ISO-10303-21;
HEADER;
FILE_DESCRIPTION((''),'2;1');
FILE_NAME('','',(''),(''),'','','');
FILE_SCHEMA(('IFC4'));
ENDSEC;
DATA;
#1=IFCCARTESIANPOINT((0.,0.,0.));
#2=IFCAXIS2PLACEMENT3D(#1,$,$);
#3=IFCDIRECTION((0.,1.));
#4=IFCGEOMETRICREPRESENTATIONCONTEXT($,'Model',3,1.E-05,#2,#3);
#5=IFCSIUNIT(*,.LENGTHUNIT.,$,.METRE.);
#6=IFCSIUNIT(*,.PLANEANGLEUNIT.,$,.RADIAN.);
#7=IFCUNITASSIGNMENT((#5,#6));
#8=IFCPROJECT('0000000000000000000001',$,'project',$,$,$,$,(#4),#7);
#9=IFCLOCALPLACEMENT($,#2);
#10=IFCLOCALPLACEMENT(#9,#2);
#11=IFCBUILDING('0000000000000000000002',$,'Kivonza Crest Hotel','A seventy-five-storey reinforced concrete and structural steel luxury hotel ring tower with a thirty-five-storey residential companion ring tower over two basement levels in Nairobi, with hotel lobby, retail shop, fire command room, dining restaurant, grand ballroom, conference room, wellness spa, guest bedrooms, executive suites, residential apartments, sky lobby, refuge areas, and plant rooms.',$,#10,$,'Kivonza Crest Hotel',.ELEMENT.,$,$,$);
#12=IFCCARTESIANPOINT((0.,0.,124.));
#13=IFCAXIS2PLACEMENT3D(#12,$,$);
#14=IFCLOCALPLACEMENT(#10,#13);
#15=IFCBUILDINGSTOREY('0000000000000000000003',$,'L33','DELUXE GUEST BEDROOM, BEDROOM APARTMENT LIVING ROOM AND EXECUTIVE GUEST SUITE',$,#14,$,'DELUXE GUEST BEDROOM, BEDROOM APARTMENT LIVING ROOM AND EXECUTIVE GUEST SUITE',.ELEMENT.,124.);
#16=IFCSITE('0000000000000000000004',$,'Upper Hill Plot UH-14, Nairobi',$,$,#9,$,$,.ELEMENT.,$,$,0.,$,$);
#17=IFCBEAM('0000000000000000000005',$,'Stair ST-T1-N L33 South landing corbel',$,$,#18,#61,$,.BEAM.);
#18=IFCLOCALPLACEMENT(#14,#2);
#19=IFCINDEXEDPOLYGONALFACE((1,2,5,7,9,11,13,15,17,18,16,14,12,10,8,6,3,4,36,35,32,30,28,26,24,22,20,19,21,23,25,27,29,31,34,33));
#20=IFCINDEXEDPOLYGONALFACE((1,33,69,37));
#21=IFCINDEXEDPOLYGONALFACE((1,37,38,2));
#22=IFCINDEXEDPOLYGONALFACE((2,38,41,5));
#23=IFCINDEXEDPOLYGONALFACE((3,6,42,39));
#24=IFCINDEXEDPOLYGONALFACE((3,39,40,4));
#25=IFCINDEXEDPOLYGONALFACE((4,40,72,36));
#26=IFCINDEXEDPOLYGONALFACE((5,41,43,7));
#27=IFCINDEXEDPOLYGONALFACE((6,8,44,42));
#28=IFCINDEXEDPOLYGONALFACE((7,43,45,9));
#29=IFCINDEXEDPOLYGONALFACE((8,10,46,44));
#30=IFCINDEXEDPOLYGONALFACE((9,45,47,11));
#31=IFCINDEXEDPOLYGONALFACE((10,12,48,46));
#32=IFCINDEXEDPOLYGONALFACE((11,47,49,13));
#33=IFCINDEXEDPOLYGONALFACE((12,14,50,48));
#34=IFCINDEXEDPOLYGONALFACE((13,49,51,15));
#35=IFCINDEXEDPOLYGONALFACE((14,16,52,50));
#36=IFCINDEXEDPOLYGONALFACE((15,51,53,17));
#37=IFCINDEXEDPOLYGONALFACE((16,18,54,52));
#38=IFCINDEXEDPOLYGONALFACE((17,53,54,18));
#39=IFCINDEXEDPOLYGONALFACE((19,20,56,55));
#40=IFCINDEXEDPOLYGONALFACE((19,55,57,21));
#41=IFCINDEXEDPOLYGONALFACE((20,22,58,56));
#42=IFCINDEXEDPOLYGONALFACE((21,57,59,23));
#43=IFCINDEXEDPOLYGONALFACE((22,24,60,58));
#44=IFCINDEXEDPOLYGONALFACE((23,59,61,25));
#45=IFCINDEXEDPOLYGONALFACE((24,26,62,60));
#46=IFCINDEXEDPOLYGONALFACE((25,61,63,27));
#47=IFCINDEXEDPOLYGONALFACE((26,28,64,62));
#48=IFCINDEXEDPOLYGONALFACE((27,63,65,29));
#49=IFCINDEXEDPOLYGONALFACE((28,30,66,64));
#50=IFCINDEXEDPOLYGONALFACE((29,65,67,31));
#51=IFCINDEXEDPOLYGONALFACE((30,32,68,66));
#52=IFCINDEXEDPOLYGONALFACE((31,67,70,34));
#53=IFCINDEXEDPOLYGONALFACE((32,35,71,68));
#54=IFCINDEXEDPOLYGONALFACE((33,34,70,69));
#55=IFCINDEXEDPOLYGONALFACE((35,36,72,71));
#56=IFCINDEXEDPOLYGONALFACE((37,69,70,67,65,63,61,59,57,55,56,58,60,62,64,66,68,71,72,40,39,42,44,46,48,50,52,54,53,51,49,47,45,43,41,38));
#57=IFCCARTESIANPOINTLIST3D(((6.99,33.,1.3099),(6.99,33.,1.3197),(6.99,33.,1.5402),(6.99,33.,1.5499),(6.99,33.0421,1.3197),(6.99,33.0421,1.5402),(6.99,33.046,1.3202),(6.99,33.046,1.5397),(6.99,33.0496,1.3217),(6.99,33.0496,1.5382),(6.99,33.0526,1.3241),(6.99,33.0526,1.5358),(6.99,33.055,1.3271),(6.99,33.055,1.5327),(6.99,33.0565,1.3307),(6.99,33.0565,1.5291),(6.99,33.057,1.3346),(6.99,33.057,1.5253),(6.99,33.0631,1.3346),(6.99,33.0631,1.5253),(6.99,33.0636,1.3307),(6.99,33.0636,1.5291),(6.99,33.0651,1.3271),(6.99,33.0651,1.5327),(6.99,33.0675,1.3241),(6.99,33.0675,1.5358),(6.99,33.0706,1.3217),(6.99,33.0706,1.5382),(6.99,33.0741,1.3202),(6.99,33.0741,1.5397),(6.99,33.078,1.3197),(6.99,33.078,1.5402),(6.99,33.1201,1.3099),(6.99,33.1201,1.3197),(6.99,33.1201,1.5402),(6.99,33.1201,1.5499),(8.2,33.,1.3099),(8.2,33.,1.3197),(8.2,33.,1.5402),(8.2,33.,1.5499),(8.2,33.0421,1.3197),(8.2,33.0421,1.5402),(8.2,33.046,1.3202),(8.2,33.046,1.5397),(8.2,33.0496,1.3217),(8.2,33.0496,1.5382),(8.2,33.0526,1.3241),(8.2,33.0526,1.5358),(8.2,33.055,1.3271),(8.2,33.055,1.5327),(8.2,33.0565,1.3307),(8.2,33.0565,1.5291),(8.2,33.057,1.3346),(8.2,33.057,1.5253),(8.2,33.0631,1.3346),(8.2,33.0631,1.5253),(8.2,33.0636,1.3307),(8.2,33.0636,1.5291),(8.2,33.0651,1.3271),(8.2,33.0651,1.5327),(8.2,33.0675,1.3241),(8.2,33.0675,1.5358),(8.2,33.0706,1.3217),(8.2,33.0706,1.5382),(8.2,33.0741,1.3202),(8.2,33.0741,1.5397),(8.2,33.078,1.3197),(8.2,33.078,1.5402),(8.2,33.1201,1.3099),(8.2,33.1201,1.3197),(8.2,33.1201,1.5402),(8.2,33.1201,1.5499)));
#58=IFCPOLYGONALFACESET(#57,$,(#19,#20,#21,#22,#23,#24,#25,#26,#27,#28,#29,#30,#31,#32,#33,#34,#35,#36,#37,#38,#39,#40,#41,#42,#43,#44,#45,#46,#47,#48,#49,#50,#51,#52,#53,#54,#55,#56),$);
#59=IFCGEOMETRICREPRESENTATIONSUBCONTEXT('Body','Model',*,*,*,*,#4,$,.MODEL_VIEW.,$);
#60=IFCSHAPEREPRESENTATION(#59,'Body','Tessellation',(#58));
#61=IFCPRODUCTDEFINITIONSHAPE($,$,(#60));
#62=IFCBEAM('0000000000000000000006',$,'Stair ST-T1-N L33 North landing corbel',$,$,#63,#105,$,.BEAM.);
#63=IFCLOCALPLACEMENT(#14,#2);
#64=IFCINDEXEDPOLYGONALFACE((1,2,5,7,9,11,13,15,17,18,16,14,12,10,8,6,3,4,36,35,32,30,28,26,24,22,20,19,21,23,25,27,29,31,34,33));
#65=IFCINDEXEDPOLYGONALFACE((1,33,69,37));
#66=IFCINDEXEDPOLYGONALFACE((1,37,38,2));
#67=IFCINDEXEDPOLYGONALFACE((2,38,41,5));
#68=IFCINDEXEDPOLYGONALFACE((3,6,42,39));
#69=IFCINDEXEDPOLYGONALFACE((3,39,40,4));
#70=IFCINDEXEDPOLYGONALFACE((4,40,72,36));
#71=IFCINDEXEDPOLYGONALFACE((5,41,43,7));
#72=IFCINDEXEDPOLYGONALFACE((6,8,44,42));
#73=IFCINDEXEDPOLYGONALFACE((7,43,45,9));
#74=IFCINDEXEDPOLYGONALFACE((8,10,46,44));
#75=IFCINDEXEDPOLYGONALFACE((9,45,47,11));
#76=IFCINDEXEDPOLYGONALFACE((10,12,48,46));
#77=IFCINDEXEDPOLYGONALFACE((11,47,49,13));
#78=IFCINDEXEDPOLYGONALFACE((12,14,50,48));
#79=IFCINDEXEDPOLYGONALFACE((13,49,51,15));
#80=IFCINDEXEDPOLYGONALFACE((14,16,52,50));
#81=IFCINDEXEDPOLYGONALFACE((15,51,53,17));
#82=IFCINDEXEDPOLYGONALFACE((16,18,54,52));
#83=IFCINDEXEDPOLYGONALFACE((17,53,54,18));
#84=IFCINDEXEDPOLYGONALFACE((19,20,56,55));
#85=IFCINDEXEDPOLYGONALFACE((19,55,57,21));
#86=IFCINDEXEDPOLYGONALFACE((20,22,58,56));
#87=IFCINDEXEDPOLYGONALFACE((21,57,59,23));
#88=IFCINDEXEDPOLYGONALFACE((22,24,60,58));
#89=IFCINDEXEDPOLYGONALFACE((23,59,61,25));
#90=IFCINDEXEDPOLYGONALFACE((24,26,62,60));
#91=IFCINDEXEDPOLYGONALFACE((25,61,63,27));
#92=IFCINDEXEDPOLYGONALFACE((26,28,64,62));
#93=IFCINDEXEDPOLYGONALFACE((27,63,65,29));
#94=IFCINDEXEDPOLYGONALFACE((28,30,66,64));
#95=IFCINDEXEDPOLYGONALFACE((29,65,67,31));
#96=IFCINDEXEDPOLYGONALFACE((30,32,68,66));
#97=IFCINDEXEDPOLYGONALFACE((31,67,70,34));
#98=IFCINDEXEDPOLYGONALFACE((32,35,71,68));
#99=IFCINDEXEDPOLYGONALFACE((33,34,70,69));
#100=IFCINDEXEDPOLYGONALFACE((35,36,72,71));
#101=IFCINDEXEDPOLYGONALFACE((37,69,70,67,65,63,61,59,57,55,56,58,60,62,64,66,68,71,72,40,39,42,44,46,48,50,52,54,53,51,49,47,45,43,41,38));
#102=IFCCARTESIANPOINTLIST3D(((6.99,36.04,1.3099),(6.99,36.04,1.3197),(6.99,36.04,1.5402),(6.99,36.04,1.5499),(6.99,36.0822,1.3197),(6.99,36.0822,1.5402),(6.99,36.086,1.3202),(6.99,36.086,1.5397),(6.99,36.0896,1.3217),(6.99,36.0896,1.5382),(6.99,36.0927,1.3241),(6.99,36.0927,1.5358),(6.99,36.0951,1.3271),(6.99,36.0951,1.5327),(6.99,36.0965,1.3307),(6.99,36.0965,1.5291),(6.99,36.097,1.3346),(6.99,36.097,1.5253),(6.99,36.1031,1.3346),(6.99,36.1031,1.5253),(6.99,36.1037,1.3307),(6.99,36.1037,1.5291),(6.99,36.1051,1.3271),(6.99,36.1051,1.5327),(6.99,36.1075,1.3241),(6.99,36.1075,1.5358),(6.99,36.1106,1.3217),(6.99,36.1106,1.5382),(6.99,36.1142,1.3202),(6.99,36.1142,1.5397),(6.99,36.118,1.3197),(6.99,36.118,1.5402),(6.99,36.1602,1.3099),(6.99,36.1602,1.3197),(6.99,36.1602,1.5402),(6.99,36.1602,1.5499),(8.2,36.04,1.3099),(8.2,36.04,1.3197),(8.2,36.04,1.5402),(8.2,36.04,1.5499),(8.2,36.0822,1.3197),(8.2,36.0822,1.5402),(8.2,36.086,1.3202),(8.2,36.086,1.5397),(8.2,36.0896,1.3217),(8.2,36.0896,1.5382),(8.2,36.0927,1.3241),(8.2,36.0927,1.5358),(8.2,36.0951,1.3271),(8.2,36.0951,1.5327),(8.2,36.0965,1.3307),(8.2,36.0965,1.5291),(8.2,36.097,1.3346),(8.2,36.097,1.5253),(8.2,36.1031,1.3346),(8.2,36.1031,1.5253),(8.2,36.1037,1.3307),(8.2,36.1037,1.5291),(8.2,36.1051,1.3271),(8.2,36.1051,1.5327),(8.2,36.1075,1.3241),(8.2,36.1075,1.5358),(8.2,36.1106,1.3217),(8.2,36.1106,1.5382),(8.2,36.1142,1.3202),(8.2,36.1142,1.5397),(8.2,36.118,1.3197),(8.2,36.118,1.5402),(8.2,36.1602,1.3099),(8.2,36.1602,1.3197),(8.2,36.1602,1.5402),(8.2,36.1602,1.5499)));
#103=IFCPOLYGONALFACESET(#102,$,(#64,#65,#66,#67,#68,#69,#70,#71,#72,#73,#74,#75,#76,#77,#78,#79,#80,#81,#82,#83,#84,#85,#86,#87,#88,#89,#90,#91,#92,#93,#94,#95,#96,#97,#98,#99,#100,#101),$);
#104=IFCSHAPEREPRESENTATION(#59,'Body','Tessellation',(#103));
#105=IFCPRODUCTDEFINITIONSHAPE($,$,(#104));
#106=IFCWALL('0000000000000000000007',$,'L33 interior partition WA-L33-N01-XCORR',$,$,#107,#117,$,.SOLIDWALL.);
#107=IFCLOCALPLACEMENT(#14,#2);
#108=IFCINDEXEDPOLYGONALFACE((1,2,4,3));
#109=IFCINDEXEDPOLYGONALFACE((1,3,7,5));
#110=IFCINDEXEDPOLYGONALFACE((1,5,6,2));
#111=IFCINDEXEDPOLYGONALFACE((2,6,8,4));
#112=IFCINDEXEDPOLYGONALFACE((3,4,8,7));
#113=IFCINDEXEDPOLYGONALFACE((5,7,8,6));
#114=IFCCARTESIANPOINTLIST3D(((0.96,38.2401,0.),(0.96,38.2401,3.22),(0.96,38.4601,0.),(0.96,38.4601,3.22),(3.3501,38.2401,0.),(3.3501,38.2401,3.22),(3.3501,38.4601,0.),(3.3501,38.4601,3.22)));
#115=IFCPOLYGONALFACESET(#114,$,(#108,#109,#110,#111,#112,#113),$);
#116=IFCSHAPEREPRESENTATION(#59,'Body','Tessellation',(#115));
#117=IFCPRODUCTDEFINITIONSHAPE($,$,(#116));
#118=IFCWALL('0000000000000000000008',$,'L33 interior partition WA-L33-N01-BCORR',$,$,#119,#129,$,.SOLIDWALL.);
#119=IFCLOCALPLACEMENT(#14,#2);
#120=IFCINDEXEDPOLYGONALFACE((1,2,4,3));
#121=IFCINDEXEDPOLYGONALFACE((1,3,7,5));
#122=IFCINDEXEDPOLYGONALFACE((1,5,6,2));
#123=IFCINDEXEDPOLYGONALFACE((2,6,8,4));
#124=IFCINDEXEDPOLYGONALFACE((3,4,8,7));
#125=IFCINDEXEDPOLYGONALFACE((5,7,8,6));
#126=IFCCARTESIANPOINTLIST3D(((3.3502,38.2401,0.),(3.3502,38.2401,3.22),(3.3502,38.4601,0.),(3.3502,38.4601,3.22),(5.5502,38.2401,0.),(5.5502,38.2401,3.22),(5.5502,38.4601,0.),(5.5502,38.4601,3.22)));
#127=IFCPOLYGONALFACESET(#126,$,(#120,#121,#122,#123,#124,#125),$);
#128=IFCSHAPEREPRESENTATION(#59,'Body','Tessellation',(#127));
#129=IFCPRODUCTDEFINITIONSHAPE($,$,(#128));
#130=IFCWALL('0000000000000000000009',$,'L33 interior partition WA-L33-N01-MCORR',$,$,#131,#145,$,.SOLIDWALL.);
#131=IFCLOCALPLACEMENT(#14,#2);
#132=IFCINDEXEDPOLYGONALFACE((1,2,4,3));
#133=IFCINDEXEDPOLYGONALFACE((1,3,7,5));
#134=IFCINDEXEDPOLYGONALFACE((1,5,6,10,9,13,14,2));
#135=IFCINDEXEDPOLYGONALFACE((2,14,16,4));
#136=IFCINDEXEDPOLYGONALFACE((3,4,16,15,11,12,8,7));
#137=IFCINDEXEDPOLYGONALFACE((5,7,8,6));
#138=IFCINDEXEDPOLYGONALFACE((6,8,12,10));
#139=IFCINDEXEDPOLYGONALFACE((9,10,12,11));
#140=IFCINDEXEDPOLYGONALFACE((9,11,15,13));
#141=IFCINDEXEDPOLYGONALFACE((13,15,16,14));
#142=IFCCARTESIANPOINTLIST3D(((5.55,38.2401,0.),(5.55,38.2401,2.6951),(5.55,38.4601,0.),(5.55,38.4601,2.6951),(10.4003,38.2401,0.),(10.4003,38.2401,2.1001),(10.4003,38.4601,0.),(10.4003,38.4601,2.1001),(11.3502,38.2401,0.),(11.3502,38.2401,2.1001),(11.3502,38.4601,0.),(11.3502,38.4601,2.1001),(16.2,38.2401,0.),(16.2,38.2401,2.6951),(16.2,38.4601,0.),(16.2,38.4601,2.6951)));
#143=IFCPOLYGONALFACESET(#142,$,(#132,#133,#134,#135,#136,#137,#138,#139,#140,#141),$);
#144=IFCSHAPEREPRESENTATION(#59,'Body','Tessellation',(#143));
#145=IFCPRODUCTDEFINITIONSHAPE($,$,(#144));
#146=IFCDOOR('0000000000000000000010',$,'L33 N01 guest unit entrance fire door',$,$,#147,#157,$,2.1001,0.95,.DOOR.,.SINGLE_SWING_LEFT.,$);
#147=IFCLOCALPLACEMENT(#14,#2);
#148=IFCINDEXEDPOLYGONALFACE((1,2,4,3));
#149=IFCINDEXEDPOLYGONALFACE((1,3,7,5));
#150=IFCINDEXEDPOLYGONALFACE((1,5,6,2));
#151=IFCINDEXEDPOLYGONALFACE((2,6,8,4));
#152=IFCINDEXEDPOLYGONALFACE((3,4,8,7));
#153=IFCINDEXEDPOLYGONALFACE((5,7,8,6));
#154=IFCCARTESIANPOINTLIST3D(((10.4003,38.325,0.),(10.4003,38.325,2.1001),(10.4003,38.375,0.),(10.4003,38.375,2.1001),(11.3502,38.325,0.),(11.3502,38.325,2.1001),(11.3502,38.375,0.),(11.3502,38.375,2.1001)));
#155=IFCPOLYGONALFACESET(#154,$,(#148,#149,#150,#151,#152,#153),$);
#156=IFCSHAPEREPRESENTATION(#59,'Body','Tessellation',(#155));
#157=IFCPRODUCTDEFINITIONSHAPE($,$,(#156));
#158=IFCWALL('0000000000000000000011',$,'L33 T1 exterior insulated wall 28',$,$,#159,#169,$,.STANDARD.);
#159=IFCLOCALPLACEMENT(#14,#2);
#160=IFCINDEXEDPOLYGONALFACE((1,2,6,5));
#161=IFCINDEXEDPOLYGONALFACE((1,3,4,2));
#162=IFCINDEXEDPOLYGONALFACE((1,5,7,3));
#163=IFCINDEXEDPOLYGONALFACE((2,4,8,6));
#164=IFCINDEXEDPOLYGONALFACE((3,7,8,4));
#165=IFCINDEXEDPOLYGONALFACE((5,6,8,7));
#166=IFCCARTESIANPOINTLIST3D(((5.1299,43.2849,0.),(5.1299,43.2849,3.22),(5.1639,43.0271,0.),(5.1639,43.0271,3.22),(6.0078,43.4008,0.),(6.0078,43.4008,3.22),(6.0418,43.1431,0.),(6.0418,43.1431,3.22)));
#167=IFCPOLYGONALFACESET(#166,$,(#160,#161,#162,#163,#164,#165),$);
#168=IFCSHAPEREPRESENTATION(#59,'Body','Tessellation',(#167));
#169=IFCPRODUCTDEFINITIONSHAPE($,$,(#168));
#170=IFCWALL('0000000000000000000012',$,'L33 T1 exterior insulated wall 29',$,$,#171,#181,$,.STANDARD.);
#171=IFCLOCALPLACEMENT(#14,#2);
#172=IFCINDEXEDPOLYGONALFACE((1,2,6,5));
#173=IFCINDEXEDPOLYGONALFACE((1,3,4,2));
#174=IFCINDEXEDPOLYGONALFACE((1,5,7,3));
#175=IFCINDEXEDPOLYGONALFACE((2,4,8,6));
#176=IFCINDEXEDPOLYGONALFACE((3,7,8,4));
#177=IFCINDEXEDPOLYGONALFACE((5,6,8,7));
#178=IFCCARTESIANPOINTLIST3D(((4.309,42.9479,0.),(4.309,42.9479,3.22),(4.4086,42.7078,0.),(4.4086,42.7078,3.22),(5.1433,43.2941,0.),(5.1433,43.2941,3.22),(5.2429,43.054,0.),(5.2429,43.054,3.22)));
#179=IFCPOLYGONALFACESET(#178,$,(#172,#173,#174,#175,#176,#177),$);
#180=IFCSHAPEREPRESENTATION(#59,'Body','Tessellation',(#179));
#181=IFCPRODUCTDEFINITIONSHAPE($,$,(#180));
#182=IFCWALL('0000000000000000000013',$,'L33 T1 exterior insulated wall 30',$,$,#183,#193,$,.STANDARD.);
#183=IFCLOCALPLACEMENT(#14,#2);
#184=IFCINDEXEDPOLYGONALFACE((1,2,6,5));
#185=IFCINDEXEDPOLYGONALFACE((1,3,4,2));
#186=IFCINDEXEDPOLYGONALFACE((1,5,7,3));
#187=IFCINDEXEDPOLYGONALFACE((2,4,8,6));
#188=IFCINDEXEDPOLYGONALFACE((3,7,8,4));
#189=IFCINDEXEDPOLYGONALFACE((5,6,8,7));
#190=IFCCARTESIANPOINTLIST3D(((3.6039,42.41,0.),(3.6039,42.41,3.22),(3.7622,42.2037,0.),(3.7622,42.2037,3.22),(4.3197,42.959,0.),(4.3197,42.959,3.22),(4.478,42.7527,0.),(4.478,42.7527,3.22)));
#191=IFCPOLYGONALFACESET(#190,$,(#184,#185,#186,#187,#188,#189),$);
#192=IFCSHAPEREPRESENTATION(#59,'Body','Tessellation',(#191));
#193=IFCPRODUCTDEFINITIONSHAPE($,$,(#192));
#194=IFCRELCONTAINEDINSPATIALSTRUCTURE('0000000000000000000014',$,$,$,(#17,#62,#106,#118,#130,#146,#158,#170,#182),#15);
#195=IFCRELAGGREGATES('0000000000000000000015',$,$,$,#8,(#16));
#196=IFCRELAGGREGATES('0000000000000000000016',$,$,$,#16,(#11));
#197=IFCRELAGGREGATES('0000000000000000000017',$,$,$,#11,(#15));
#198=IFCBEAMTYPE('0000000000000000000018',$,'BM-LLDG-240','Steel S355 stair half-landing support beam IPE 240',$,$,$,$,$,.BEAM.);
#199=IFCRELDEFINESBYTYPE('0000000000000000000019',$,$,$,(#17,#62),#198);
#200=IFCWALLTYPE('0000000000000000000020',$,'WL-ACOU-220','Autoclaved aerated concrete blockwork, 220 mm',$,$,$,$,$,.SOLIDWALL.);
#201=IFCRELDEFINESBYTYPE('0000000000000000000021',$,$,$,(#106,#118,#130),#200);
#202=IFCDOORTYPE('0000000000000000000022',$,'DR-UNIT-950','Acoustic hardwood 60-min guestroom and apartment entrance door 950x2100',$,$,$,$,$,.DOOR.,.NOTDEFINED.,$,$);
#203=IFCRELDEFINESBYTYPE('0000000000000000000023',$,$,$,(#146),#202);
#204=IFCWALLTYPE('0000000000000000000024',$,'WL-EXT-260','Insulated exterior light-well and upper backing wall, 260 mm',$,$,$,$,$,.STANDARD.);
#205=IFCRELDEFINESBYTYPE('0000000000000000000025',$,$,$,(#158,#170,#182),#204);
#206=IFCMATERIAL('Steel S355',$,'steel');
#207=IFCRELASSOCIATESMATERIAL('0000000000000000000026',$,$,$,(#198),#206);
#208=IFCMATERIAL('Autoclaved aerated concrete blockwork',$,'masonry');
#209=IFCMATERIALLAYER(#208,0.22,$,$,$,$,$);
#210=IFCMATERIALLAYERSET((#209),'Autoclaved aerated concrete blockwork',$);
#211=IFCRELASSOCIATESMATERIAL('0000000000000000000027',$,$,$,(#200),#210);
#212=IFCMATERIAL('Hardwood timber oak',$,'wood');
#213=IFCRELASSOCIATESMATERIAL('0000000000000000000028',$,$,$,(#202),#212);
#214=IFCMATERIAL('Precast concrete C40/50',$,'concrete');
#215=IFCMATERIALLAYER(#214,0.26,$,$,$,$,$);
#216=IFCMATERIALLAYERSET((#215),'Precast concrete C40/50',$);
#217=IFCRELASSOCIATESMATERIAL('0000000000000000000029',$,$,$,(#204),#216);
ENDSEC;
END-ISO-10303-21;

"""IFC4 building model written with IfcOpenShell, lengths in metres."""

from ifc_helpers import new_model, si_unit, direction, frame, frame_2d, origin, origin_2d, place, context, subcontext, project, spatial, rectangle, i_section, extrude, material, layer, layer_set, material_profile, profile_set, type_object, element, fill, save


model = new_model("IFC4")

# Units and contexts
model_context = context("Model", 3, precision=1e-05, world=origin(), true_north=direction((0.0, 1.0)))
body_context = subcontext(model_context, "Body", "Model", "MODEL_VIEW")
ifc_project = project(units=[si_unit("LENGTHUNIT", "METRE"), si_unit("PLANEANGLEUNIT", "RADIAN")], contexts=[model_context])

# Site, building, storey
site_placement = place(None, origin())
site = spatial("IfcSite", under=ifc_project, at=site_placement, Name="Upper Hill Plot UH-14, Nairobi", CompositionType="ELEMENT", RefElevation=0.0)
building_placement = place(site_placement, origin())
building = spatial("IfcBuilding", under=site, at=building_placement, Name="Kivonza Crest Hotel", Description="A seventy-five-storey reinforced concrete and structural steel luxury hotel ring tower with a thirty-five-storey residential companion ring tower over two basement levels in Nairobi, with hotel lobby, retail shop, fire command room, dining restaurant, grand ballroom, conference room, wellness spa, guest bedrooms, executive suites, residential apartments, sky lobby, refuge areas, and plant rooms.", LongName="Kivonza Crest Hotel", CompositionType="ELEMENT")
storey_placement = place(building_placement, frame((0.0, 0.0, 124.0)))
storey = spatial("IfcBuildingStorey", under=building, at=storey_placement, Name="L33", Description="DELUXE GUEST BEDROOM, BEDROOM APARTMENT LIVING ROOM AND EXECUTIVE GUEST SUITE", LongName="DELUXE GUEST BEDROOM, BEDROOM APARTMENT LIVING ROOM AND EXECUTIVE GUEST SUITE", CompositionType="ELEMENT", Elevation=124.0)

# Beams
ifc_material_1 = material(Name="Steel S355", Category="steel")
ifc_material_profile = material_profile(ifc_material_1, i_section(OverallWidth=0.1201, OverallDepth=0.24, WebThickness=0.0061, FlangeThickness=0.0098, FilletRadius=0.0149, at=origin_2d()), Name="IPE 240")
ifc_profile_set = profile_set([ifc_material_profile], Name="Steel S355")
beam_type = type_object("IfcBeamType", Name="BM-LLDG-240", Description="Steel S355 stair half-landing support beam IPE 240", PredefinedType="BEAM", material=ifc_profile_set)
for number, where, z_axis, x_axis, name in (
    (1, (6.99, 33.0601, 1.4299), (1.0, 0.0, 0.0), (0.0, 1.0, 0.0), "Stair ST-T1-N L33 South landing corbel"),
    (2, (6.99, 36.1001, 1.4299), (1.0, 0.0, 0.0), (0.0, 1.0, 0.0), "Stair ST-T1-N L33 North landing corbel"),
):
    element("IfcBeam", number, at=place(storey_placement, frame(where, z_axis=z_axis, x_axis=x_axis)), inside=storey, type_object=beam_type, Name=name, PredefinedType="BEAM", context=body_context, shape_type="SweptSolid", body=[
        extrude(i_section(OverallWidth=0.1201, OverallDepth=0.24, WebThickness=0.0061, FlangeThickness=0.0098, FilletRadius=0.0149, at=origin_2d()), origin(), (0.0, 0.0, 1.0), 1.21),
    ])

# Walls
ifc_material_2 = material(Name="Autoclaved aerated concrete blockwork", Category="masonry")
ifc_layer_1 = layer(ifc_material_2, 0.22)
ifc_layer_set_1 = layer_set([ifc_layer_1], Name="Autoclaved aerated concrete blockwork")
wall_type_1 = type_object("IfcWallType", Name="WL-ACOU-220", Description="Autoclaved aerated concrete blockwork, 220 mm", PredefinedType="SOLIDWALL", material=ifc_layer_set_1)
wall_1_placement = place(storey_placement, frame((0.96, 38.3501, 0.0), z_axis=(0.0, 0.0, 1.0), x_axis=(1.0, 0.0, 0.0)))
element("IfcWall", 3, at=wall_1_placement, inside=storey, type_object=wall_type_1, Name="L33 interior partition WA-L33-N01-XCORR", PredefinedType="SOLIDWALL", context=body_context, shape_type="SweptSolid", body=[
    extrude(rectangle(XDim=2.3901, YDim=0.22, at=frame_2d((1.1951, 0.0))), origin(), (0.0, 0.0, 1.0), 3.22),
])
wall_2_placement = place(storey_placement, frame((3.3501, 38.3501, 0.0), z_axis=(0.0, 0.0, 1.0), x_axis=(1.0, 0.0, 0.0)))
element("IfcWall", 4, at=wall_2_placement, inside=storey, type_object=wall_type_1, Name="L33 interior partition WA-L33-N01-BCORR", PredefinedType="SOLIDWALL", context=body_context, shape_type="SweptSolid", body=[
    extrude(rectangle(XDim=2.2, YDim=0.22, at=frame_2d((1.1001, 0.0))), origin(), (0.0, 0.0, 1.0), 3.22),
])

# Wall, opening, door
wall_3_placement = place(storey_placement, frame((5.55, 38.3501, 0.0), z_axis=(0.0, 0.0, 1.0), x_axis=(1.0, 0.0, 0.0)))
wall_3 = element("IfcWall", 5, at=wall_3_placement, inside=storey, type_object=wall_type_1, Name="L33 interior partition WA-L33-N01-MCORR", PredefinedType="SOLIDWALL", context=body_context, shape_type="SweptSolid", body=[
    extrude(rectangle(XDim=10.6499, YDim=0.22, at=frame_2d((5.325, 0.0))), origin(), (0.0, 0.0, 1.0), 2.6951),
])
opening_1_placement = place(wall_3_placement, frame((4.8501, 0.0, 0.0)))
opening_1 = element("IfcOpeningElement", 6, at=opening_1_placement, cuts=wall_3, PredefinedType="OPENING", context=body_context, shape_type="SweptSolid", body=[
    extrude(rectangle(XDim=0.95, YDim=2.1001, at=frame_2d((0.4751, 1.05))), frame((0.0, 0.1201, 0.0), z_axis=(0.0, -1.0, 0.0), x_axis=(1.0, 0.0, 0.0)), (0.0, 0.0, 1.0), 0.24),
])
ifc_material_3 = material(Name="Hardwood timber oak", Category="wood")
door_type_1 = type_object("IfcDoorType", Name="DR-UNIT-950", Description="Acoustic hardwood 60-min guestroom and apartment entrance door 950x2100", OperationType="NOTDEFINED", PredefinedType="DOOR", material=ifc_material_3)
door_1_placement = place(opening_1_placement, origin())
door_1 = element("IfcDoor", 7, at=door_1_placement, inside=storey, type_object=door_type_1, Name="L33 N01 guest unit entrance fire door", OperationType="SINGLE_SWING_LEFT", OverallHeight=2.1001, OverallWidth=0.95, PredefinedType="DOOR", context=body_context, shape_type="SweptSolid", body=[
    extrude(rectangle(XDim=0.95, YDim=2.1001, at=frame_2d((0.4751, 1.05))), frame((0.0, 0.0249, 0.0), z_axis=(0.0, -1.0, 0.0), x_axis=(1.0, 0.0, 0.0)), (0.0, 0.0, 1.0), 0.05),
])
fill(opening_1, door_1)

# Walls
ifc_material_4 = material(Name="Precast concrete C40/50", Category="concrete")
ifc_layer_2 = layer(ifc_material_4, 0.26)
ifc_layer_set_2 = layer_set([ifc_layer_2], Name="Precast concrete C40/50")
wall_type_2 = type_object("IfcWallType", Name="WL-EXT-260", Description="Insulated exterior light-well and upper backing wall, 260 mm", PredefinedType="STANDARD", material=ifc_layer_set_2)
wall_4_placement = place(storey_placement, frame((6.0249, 43.272, 0.0), z_axis=(0.0, 0.0, 1.0), x_axis=(-0.991388, -0.130954, 0.0)))
element("IfcWall", 8, at=wall_4_placement, inside=storey, type_object=wall_type_2, Name="L33 T1 exterior insulated wall 28", PredefinedType="STANDARD", context=body_context, shape_type="SweptSolid", body=[
    extrude(rectangle(XDim=0.8855, YDim=0.26, at=frame_2d((0.4429, 0.0))), origin(), (0.0, 0.0, 1.0), 3.22),
])
wall_5_placement = place(storey_placement, frame((5.1931, 43.1741, 0.0), z_axis=(0.0, 0.0, 1.0), x_axis=(-0.923628, -0.383291, 0.0)))
element("IfcWall", 9, at=wall_5_placement, inside=storey, type_object=wall_type_2, Name="L33 T1 exterior insulated wall 29", PredefinedType="STANDARD", context=body_context, shape_type="SweptSolid", body=[
    extrude(rectangle(XDim=0.9033, YDim=0.26, at=frame_2d((0.4517, 0.0))), origin(), (0.0, 0.0, 1.0), 3.22),
])
wall_6_placement = place(storey_placement, frame((4.3989, 42.856, 0.0), z_axis=(0.0, 0.0, 1.0), x_axis=(-0.793458, -0.608625, 0.0)))
element("IfcWall", 10, at=wall_6_placement, inside=storey, type_object=wall_type_2, Name="L33 T1 exterior insulated wall 30", PredefinedType="STANDARD", context=body_context, shape_type="SweptSolid", body=[
    extrude(rectangle(XDim=0.9021, YDim=0.26, at=frame_2d((0.4512, 0.0))), origin(), (0.0, 0.0, 1.0), 3.22),
])

save(model, "model.ifc")
